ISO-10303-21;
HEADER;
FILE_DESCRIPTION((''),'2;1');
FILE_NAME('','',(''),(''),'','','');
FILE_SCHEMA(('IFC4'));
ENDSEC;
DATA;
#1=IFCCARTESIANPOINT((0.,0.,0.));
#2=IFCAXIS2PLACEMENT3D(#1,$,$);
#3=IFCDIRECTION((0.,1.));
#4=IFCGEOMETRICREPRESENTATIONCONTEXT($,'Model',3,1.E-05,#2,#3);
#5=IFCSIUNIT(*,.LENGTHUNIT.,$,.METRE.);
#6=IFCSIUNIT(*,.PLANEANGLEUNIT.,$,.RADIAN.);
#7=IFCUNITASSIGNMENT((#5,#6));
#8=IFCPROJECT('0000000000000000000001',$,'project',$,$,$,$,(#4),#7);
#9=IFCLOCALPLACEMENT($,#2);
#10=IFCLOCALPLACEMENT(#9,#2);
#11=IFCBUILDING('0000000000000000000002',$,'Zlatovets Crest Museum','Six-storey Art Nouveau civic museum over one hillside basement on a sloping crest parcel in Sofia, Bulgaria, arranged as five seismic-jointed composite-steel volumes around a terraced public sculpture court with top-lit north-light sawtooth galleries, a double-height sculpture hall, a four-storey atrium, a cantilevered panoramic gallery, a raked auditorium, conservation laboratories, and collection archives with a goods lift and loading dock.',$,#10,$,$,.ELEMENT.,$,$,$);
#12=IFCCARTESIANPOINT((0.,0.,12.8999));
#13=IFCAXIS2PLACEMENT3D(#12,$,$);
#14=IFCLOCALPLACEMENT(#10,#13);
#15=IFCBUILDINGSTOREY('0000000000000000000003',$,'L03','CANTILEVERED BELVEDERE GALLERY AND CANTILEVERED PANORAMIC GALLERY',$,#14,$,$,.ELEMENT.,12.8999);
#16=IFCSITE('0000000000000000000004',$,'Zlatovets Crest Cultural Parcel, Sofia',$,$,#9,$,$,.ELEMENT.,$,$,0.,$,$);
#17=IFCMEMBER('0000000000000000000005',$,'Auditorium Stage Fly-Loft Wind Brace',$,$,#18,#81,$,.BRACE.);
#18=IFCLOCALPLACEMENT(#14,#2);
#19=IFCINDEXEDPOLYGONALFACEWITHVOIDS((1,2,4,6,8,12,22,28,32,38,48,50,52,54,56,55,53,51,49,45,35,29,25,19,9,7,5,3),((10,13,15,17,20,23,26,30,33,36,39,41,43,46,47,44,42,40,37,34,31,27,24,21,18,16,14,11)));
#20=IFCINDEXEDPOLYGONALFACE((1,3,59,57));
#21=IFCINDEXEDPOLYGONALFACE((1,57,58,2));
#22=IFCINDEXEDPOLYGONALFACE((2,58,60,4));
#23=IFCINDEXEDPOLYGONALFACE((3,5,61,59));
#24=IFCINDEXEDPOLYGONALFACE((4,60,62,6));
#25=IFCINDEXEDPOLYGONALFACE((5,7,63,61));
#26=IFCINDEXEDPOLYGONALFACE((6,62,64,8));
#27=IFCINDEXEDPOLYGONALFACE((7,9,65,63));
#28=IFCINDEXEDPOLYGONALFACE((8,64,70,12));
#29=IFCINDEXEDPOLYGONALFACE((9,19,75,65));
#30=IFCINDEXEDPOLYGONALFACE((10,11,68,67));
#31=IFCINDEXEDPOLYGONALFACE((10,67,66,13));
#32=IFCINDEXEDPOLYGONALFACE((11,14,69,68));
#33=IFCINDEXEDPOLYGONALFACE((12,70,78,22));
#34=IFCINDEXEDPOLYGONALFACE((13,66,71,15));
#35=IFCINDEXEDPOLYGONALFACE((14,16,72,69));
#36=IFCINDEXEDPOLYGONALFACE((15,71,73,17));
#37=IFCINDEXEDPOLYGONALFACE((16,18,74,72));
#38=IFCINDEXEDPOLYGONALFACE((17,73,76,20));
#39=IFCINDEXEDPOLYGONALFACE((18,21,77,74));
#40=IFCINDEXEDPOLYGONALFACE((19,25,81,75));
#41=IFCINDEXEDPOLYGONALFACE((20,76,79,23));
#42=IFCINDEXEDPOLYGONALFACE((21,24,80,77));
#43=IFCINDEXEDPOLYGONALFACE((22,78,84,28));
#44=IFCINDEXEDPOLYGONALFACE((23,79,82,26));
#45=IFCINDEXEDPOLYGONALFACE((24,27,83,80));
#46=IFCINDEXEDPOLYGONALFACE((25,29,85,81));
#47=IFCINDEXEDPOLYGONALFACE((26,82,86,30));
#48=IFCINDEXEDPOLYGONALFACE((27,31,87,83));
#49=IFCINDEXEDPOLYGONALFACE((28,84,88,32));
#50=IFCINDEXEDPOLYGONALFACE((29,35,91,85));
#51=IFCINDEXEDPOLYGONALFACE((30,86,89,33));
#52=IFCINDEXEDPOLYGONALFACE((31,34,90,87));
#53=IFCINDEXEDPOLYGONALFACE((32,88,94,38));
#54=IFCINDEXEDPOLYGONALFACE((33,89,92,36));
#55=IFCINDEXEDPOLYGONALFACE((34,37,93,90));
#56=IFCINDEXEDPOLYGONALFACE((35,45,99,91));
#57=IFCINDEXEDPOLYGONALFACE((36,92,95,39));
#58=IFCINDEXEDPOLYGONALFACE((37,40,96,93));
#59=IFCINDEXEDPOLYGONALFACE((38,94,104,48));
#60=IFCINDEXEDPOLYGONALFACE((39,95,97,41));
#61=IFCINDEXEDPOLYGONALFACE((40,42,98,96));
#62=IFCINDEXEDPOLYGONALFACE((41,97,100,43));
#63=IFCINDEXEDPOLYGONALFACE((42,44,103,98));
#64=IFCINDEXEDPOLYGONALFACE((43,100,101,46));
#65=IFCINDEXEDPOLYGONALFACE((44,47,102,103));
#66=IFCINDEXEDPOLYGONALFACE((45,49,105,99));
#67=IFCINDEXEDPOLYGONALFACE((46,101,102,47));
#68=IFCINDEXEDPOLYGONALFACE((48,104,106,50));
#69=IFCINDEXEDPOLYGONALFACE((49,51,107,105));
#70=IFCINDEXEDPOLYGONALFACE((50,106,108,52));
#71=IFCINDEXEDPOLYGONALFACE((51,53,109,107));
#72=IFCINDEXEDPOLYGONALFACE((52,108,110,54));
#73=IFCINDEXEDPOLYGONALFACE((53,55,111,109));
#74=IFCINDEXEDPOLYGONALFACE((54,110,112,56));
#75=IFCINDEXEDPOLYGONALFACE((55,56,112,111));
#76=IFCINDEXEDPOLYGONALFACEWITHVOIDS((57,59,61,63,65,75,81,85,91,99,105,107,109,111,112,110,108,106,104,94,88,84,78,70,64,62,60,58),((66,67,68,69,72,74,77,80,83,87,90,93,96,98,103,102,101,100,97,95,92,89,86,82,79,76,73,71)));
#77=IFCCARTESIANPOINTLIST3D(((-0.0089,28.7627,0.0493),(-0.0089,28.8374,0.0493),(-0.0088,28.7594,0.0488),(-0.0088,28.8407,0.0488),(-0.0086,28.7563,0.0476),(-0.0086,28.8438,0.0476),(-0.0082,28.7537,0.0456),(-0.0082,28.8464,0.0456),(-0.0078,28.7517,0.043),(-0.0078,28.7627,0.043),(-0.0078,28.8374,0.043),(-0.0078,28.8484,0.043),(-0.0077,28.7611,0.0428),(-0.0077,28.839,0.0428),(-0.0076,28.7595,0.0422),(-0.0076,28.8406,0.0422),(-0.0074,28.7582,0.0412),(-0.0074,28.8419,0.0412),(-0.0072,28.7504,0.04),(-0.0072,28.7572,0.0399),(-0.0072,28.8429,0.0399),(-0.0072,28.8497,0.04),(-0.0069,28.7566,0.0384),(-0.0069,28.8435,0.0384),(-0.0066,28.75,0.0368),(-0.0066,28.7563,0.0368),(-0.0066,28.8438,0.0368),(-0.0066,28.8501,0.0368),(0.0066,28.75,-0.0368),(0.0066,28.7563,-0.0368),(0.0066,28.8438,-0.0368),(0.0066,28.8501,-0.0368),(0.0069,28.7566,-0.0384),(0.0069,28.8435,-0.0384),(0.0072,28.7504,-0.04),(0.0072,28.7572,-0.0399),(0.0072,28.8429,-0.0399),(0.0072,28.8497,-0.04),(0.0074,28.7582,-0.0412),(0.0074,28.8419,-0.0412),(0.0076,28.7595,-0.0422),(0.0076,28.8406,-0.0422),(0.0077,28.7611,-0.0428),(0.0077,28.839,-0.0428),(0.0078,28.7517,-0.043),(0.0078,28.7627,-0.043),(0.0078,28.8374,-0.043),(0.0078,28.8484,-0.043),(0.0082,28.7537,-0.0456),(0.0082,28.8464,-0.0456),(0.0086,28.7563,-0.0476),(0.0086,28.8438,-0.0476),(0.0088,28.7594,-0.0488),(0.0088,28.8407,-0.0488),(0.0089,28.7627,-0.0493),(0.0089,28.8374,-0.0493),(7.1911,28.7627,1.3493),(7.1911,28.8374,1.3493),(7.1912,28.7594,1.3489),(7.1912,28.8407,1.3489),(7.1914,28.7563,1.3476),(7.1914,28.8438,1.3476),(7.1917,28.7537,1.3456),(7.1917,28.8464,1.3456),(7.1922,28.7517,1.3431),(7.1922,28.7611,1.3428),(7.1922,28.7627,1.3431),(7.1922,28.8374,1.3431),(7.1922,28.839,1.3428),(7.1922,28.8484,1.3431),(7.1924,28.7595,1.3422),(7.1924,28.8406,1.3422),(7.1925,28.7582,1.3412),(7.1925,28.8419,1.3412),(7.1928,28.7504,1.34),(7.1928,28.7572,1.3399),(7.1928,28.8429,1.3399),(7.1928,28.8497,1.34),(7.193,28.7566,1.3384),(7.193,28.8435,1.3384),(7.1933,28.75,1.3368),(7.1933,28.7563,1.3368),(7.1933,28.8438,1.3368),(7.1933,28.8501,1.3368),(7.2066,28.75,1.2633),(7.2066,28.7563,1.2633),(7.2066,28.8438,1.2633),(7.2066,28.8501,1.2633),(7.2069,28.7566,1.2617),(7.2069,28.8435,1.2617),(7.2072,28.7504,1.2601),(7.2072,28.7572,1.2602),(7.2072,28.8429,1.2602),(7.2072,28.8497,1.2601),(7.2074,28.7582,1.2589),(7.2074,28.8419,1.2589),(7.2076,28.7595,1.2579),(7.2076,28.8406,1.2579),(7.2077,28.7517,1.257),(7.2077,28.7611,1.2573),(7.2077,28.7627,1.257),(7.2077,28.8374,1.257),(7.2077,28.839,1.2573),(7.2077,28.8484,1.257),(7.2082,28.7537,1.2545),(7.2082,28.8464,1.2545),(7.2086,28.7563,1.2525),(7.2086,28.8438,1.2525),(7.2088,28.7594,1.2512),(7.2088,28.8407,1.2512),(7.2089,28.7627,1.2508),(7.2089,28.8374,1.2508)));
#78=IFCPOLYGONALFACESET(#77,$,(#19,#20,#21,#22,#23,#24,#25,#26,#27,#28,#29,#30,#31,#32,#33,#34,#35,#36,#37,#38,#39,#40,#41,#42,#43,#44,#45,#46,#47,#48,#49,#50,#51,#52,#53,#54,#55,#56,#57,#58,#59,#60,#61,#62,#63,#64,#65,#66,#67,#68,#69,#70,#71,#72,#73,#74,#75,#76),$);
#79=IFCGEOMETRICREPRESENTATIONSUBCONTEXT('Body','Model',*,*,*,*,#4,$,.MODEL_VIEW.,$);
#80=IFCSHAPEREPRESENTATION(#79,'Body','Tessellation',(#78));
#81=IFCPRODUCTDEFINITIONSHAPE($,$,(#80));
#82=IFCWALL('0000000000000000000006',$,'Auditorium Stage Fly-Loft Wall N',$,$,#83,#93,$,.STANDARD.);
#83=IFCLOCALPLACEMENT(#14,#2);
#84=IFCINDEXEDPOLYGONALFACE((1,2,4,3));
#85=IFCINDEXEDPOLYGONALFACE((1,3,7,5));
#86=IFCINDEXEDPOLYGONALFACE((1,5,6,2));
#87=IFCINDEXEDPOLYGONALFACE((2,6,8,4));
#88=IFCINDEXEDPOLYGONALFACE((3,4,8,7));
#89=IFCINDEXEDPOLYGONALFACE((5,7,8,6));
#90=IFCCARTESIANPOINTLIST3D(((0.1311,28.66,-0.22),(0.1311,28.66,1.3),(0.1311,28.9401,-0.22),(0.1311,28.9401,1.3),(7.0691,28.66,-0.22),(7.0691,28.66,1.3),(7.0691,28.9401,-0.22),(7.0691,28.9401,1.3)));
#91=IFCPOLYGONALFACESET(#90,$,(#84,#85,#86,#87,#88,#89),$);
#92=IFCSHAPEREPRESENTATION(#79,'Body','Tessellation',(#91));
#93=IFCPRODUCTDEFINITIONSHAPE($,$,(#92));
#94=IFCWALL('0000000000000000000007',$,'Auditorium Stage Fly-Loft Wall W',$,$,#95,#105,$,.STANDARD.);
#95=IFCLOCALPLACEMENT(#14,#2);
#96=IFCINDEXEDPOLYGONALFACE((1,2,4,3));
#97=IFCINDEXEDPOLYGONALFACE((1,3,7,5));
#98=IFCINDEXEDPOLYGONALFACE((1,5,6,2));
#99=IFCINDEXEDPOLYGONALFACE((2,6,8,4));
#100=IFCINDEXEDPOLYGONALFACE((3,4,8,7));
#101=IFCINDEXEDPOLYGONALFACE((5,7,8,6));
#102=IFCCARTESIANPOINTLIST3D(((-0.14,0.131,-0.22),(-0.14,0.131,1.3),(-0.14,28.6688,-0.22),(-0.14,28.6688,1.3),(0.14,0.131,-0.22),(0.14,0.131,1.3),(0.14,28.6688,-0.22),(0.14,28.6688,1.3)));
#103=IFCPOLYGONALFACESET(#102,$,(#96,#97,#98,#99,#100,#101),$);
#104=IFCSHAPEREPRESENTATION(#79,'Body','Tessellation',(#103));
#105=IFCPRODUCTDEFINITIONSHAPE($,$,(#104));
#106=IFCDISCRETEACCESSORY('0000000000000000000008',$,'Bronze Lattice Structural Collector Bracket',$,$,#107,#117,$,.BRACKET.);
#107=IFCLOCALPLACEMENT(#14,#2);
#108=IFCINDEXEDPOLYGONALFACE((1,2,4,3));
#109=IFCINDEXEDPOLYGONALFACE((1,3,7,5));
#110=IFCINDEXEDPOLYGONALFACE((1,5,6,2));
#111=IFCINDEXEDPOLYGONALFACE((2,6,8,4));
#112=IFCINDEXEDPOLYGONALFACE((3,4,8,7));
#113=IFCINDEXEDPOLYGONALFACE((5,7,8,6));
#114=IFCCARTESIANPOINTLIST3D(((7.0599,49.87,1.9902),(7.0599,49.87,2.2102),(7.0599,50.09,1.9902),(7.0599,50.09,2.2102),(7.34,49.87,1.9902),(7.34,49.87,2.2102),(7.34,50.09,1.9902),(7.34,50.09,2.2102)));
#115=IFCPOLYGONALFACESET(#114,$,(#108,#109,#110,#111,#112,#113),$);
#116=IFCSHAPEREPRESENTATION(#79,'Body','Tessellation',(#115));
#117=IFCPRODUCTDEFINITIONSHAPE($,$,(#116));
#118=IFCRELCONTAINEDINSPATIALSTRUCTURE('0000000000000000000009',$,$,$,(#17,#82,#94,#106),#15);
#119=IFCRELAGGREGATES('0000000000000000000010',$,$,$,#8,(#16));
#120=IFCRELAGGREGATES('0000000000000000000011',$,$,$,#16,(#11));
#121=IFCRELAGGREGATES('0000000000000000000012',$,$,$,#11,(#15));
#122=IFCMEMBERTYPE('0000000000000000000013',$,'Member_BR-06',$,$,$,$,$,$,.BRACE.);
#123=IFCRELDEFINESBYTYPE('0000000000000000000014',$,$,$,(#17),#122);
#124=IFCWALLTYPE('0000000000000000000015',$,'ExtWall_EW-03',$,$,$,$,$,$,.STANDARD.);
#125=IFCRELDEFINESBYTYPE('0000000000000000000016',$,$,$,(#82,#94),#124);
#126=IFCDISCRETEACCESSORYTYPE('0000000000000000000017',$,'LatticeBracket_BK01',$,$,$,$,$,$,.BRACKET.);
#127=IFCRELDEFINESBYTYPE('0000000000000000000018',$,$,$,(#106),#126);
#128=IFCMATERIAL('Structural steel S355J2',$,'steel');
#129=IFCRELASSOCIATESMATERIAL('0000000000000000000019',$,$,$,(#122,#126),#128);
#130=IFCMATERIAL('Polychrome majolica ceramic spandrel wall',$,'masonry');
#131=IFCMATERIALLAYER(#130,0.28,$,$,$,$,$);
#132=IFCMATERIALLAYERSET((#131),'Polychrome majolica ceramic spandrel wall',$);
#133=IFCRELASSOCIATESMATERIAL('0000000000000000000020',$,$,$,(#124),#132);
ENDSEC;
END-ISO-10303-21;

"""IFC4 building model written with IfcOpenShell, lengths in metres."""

from ifc_helpers import new_model, si_unit, direction, frame, frame_2d, origin, origin_2d, place, context, subcontext, project, spatial, rectangle, hollow_rectangle, extrude, material, layer, layer_set, material_profile, profile_set, type_object, element, save


model = new_model("IFC4")

# Units and contexts
model_context = context("Model", 3, precision=1e-05, world=origin(), true_north=direction((0.0, 1.0)))
body_context = subcontext(model_context, "Body", "Model", "MODEL_VIEW")
ifc_project = project(units=[si_unit("LENGTHUNIT", "METRE"), si_unit("PLANEANGLEUNIT", "RADIAN")], contexts=[model_context])

# Site, building, storey
site_placement = place(None, origin())
site = spatial("IfcSite", under=ifc_project, at=site_placement, Name="Zlatovets Crest Cultural Parcel, Sofia", CompositionType="ELEMENT", RefElevation=0.0)
building_placement = place(site_placement, origin())
building = spatial("IfcBuilding", under=site, at=building_placement, Name="Zlatovets Crest Museum", Description="Six-storey Art Nouveau civic museum over one hillside basement on a sloping crest parcel in Sofia, Bulgaria, arranged as five seismic-jointed composite-steel volumes around a terraced public sculpture court with top-lit north-light sawtooth galleries, a double-height sculpture hall, a four-storey atrium, a cantilevered panoramic gallery, a raked auditorium, conservation laboratories, and collection archives with a goods lift and loading dock.", CompositionType="ELEMENT")
storey_placement = place(building_placement, frame((0.0, 0.0, 12.8999)))
storey = spatial("IfcBuildingStorey", under=building, at=storey_placement, Name="L03", Description="CANTILEVERED BELVEDERE GALLERY AND CANTILEVERED PANORAMIC GALLERY", CompositionType="ELEMENT", Elevation=12.8999)

# Shared definitions
ifc_material_1 = material(Name="Structural steel S355J2", Category="steel")

# Member
ifc_material_profile_1 = material_profile(ifc_material_1, hollow_rectangle(XDim=0.1001, YDim=0.1001, WallThickness=0.0063, InnerFilletRadius=0.0063, OuterFilletRadius=0.0127, at=origin_2d()), Name="SHS 100x100x6.3")
ifc_profile_set_1 = profile_set([ifc_material_profile_1], Name="Structural steel S355J2")
member_type_1 = type_object("IfcMemberType", Name="Member_BR-06", PredefinedType="BRACE", material=ifc_profile_set_1)
member_1_placement = place(storey_placement, frame((0.0, 28.8, 0.0), z_axis=(0.984086, 0.0, 0.17769), x_axis=(0.0, 1.0, 0.0)))
element("IfcMember", 1, at=member_1_placement, inside=storey, type_object=member_type_1, Name="Auditorium Stage Fly-Loft Wind Brace", PredefinedType="BRACE", context=body_context, shape_type="SweptSolid", body=[
    extrude(hollow_rectangle(XDim=0.1001, YDim=0.1001, WallThickness=0.0063, InnerFilletRadius=0.0063, OuterFilletRadius=0.0127, at=origin_2d()), origin(), (0.0, 0.0, 1.0), 7.3164),
])

# Walls
ifc_material_2 = material(Name="Polychrome majolica ceramic spandrel wall", Category="masonry")
ifc_layer = layer(ifc_material_2, 0.28)
ifc_layer_set = layer_set([ifc_layer], Name="Polychrome majolica ceramic spandrel wall")
wall_type = type_object("IfcWallType", Name="ExtWall_EW-03", PredefinedType="STANDARD", material=ifc_layer_set)
wall_1_placement = place(storey_placement, frame((7.0691, 28.8, -0.22), z_axis=(0.0, 0.0, 1.0), x_axis=(-1.0, 0.0, 0.0)))
element("IfcWall", 2, at=wall_1_placement, inside=storey, type_object=wall_type, Name="Auditorium Stage Fly-Loft Wall N", PredefinedType="STANDARD", context=body_context, shape_type="SweptSolid", body=[
    extrude(rectangle(XDim=6.938, YDim=0.28, at=frame_2d((3.469, 0.0))), origin(), (0.0, 0.0, 1.0), 1.52),
])
wall_2_placement = place(storey_placement, frame((0.0, 28.6689, -0.22), z_axis=(0.0, 0.0, 1.0), x_axis=(0.0, -1.0, 0.0)))
element("IfcWall", 3, at=wall_2_placement, inside=storey, type_object=wall_type, Name="Auditorium Stage Fly-Loft Wall W", PredefinedType="STANDARD", context=body_context, shape_type="SweptSolid", body=[
    extrude(rectangle(XDim=28.5378, YDim=0.28, at=frame_2d((14.269, 0.0))), origin(), (0.0, 0.0, 1.0), 1.52),
])

# Discrete accessory
discrete_accessory_type = type_object("IfcDiscreteAccessoryType", Name="LatticeBracket_BK01", PredefinedType="BRACKET", material=ifc_material_1)
discrete_accessory_placement = place(storey_placement, frame((7.2, 49.98, 1.9902), z_axis=(0.0, 0.0, 1.0), x_axis=(1.0, 0.0, 0.0)))
element("IfcDiscreteAccessory", 4, at=discrete_accessory_placement, inside=storey, type_object=discrete_accessory_type, Name="Bronze Lattice Structural Collector Bracket", PredefinedType="BRACKET", context=body_context, shape_type="SweptSolid", body=[
    extrude(rectangle(XDim=0.28, YDim=0.22, at=origin_2d()), origin(), (0.0, 0.0, 1.0), 0.22),
])

save(model, "model.ifc")
